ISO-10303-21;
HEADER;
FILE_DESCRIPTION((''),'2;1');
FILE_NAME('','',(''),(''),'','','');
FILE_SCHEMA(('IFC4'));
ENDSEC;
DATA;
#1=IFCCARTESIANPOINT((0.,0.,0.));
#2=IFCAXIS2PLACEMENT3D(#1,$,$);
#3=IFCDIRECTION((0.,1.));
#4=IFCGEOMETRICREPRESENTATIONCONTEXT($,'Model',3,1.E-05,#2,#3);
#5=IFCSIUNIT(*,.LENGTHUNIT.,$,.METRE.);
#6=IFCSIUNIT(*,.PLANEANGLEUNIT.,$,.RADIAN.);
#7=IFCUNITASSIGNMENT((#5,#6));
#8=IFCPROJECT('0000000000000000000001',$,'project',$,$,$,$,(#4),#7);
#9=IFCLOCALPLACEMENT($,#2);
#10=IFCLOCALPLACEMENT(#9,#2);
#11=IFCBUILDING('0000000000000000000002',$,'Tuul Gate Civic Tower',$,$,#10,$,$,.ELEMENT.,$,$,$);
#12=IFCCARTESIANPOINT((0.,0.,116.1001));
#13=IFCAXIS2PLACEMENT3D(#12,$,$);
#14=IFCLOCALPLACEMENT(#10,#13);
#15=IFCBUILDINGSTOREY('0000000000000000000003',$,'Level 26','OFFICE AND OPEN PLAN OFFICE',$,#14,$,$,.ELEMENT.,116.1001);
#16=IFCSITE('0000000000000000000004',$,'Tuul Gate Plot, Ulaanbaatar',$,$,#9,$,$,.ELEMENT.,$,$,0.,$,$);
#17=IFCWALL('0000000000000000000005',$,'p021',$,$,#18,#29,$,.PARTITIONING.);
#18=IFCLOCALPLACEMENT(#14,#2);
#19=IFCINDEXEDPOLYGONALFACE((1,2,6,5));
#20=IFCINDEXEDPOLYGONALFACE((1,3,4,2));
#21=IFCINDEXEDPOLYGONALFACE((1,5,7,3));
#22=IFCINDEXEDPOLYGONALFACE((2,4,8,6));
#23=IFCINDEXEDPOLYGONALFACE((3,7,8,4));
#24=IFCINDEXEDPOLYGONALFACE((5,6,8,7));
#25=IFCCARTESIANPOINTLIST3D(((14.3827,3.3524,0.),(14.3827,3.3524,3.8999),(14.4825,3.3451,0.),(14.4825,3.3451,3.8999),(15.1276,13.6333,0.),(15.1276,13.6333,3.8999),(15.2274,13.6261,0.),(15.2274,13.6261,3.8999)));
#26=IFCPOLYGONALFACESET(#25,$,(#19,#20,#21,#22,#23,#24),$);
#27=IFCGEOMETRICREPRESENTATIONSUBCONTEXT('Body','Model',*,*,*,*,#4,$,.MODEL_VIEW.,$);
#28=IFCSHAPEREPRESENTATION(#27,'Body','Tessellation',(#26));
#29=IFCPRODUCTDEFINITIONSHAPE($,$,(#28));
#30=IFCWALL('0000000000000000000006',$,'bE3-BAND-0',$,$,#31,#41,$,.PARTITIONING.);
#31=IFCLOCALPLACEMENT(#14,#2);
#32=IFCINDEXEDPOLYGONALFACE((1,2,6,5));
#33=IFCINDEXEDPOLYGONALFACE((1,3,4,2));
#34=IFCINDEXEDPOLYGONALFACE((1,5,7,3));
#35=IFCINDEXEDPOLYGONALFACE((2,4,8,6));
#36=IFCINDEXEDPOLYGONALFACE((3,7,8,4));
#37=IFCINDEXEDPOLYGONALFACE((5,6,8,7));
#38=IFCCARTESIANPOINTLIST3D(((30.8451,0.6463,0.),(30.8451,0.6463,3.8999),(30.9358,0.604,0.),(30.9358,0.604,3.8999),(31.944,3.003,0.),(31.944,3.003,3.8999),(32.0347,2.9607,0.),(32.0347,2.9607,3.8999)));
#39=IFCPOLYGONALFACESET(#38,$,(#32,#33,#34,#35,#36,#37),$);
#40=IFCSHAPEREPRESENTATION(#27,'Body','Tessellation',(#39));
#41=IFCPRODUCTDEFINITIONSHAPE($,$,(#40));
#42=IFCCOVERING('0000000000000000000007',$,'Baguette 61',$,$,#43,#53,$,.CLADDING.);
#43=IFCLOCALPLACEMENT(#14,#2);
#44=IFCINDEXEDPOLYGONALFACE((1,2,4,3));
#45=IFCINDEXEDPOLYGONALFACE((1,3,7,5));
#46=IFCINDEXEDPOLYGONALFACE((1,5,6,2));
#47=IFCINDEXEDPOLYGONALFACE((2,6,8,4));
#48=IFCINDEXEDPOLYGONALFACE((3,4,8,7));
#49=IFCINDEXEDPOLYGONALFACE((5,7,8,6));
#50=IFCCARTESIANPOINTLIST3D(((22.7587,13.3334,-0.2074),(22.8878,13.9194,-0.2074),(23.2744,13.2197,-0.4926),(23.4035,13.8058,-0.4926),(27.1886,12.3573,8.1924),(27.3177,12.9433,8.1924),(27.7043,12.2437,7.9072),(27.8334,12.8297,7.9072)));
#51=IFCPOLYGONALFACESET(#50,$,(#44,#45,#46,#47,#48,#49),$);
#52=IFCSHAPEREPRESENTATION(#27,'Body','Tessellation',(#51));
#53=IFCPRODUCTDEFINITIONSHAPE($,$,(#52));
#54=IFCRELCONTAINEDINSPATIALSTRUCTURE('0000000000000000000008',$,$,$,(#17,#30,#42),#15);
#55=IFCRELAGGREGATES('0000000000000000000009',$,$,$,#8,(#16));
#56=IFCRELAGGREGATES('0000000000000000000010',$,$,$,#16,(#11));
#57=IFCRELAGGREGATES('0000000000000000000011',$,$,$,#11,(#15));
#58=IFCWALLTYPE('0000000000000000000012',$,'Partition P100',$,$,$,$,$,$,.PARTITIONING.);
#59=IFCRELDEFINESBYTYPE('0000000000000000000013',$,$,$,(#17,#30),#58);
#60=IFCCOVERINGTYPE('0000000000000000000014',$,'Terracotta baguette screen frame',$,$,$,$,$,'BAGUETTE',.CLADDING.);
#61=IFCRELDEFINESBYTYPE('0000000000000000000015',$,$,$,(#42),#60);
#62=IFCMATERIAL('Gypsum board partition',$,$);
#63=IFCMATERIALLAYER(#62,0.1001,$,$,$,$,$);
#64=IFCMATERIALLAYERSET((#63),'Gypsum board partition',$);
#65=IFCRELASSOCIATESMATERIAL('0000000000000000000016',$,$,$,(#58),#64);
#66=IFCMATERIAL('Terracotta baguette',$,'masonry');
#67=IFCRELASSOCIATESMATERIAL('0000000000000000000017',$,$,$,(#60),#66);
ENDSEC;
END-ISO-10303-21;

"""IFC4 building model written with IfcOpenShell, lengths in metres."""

from ifc_helpers import new_model, si_unit, direction, frame, frame_2d, origin, origin_2d, place, context, subcontext, project, spatial, rectangle, extrude, material, layer, layer_set, material_profile, profile_set, type_object, element, save


model = new_model("IFC4")

# Units and contexts
model_context = context("Model", 3, precision=1e-05, world=origin(), true_north=direction((0.0, 1.0)))
body_context = subcontext(model_context, "Body", "Model", "MODEL_VIEW")
ifc_project = project(units=[si_unit("LENGTHUNIT", "METRE"), si_unit("PLANEANGLEUNIT", "RADIAN")], contexts=[model_context])

# Site, building, storey
site_placement = place(None, origin())
site = spatial("IfcSite", under=ifc_project, at=site_placement, Name="Tuul Gate Plot, Ulaanbaatar", CompositionType="ELEMENT", RefElevation=0.0)
building_placement = place(site_placement, origin())
building = spatial("IfcBuilding", under=site, at=building_placement, Name="Tuul Gate Civic Tower", CompositionType="ELEMENT")
storey_placement = place(building_placement, frame((0.0, 0.0, 116.1001)))
storey = spatial("IfcBuildingStorey", under=building, at=storey_placement, Name="Level 26", Description="OFFICE AND OPEN PLAN OFFICE", CompositionType="ELEMENT", Elevation=116.1001)

# Walls
ifc_material_1 = material(Name="Gypsum board partition")
ifc_layer_1 = layer(ifc_material_1, 0.1001)
ifc_layer_set_1 = layer_set([ifc_layer_1], Name="Gypsum board partition")
wall_type_1 = type_object("IfcWallType", Name="Partition P100", PredefinedType="PARTITIONING", material=ifc_layer_set_1)
wall_1_placement = place(storey_placement, frame((14.4326, 3.3489, 0.0), z_axis=(0.0, 0.0, 1.0), x_axis=(0.072262, 0.997386, 0.0)))
element("IfcWall", 1, at=wall_1_placement, inside=storey, type_object=wall_type_1, Name="p021", PredefinedType="PARTITIONING", context=body_context, shape_type="SweptSolid", body=[
    extrude(rectangle(XDim=10.3079, YDim=0.1001, at=frame_2d((5.1538, 0.0))), origin(), (0.0, 0.0, 1.0), 3.8999),
])
wall_2_placement = place(storey_placement, frame((30.8904, 0.625, 0.0), z_axis=(0.0, 0.0, 1.0), x_axis=(0.422598, 0.906317, 0.0)))
element("IfcWall", 2, at=wall_2_placement, inside=storey, type_object=wall_type_1, Name="bE3-BAND-0", PredefinedType="PARTITIONING", context=body_context, shape_type="SweptSolid", body=[
    extrude(rectangle(XDim=2.6003, YDim=0.1001, at=frame_2d((1.3003, 0.0))), origin(), (0.0, 0.0, 1.0), 3.8999),
])

# Covering
ifc_material_2 = material(Name="Terracotta baguette", Category="masonry")
ifc_material_profile_1 = material_profile(ifc_material_2, rectangle(XDim=0.6001, YDim=0.6001, at=origin_2d()), Name="Terracotta baguette screen frame")
ifc_profile_set_1 = profile_set([ifc_material_profile_1], Name="Terracotta baguette")
covering_type = type_object("IfcCoveringType", Name="Terracotta baguette screen frame", ElementType="BAGUETTE", PredefinedType="CLADDING", material=ifc_profile_set_1)
covering_placement = place(storey_placement, frame((27.511, 12.5935, 8.0498), z_axis=(-0.464038, 0.102244, -0.879895), x_axis=(-0.215175, -0.976576, 0.0)))
element("IfcCovering", 3, at=covering_placement, inside=storey, type_object=covering_type, Name="Baguette 61", PredefinedType="CLADDING", context=body_context, shape_type="SweptSolid", body=[
    extrude(rectangle(XDim=0.6001, YDim=0.6001, at=origin_2d()), origin(), (0.0, 0.0, 1.0), 9.5464),
])

save(model, "model.ifc")
